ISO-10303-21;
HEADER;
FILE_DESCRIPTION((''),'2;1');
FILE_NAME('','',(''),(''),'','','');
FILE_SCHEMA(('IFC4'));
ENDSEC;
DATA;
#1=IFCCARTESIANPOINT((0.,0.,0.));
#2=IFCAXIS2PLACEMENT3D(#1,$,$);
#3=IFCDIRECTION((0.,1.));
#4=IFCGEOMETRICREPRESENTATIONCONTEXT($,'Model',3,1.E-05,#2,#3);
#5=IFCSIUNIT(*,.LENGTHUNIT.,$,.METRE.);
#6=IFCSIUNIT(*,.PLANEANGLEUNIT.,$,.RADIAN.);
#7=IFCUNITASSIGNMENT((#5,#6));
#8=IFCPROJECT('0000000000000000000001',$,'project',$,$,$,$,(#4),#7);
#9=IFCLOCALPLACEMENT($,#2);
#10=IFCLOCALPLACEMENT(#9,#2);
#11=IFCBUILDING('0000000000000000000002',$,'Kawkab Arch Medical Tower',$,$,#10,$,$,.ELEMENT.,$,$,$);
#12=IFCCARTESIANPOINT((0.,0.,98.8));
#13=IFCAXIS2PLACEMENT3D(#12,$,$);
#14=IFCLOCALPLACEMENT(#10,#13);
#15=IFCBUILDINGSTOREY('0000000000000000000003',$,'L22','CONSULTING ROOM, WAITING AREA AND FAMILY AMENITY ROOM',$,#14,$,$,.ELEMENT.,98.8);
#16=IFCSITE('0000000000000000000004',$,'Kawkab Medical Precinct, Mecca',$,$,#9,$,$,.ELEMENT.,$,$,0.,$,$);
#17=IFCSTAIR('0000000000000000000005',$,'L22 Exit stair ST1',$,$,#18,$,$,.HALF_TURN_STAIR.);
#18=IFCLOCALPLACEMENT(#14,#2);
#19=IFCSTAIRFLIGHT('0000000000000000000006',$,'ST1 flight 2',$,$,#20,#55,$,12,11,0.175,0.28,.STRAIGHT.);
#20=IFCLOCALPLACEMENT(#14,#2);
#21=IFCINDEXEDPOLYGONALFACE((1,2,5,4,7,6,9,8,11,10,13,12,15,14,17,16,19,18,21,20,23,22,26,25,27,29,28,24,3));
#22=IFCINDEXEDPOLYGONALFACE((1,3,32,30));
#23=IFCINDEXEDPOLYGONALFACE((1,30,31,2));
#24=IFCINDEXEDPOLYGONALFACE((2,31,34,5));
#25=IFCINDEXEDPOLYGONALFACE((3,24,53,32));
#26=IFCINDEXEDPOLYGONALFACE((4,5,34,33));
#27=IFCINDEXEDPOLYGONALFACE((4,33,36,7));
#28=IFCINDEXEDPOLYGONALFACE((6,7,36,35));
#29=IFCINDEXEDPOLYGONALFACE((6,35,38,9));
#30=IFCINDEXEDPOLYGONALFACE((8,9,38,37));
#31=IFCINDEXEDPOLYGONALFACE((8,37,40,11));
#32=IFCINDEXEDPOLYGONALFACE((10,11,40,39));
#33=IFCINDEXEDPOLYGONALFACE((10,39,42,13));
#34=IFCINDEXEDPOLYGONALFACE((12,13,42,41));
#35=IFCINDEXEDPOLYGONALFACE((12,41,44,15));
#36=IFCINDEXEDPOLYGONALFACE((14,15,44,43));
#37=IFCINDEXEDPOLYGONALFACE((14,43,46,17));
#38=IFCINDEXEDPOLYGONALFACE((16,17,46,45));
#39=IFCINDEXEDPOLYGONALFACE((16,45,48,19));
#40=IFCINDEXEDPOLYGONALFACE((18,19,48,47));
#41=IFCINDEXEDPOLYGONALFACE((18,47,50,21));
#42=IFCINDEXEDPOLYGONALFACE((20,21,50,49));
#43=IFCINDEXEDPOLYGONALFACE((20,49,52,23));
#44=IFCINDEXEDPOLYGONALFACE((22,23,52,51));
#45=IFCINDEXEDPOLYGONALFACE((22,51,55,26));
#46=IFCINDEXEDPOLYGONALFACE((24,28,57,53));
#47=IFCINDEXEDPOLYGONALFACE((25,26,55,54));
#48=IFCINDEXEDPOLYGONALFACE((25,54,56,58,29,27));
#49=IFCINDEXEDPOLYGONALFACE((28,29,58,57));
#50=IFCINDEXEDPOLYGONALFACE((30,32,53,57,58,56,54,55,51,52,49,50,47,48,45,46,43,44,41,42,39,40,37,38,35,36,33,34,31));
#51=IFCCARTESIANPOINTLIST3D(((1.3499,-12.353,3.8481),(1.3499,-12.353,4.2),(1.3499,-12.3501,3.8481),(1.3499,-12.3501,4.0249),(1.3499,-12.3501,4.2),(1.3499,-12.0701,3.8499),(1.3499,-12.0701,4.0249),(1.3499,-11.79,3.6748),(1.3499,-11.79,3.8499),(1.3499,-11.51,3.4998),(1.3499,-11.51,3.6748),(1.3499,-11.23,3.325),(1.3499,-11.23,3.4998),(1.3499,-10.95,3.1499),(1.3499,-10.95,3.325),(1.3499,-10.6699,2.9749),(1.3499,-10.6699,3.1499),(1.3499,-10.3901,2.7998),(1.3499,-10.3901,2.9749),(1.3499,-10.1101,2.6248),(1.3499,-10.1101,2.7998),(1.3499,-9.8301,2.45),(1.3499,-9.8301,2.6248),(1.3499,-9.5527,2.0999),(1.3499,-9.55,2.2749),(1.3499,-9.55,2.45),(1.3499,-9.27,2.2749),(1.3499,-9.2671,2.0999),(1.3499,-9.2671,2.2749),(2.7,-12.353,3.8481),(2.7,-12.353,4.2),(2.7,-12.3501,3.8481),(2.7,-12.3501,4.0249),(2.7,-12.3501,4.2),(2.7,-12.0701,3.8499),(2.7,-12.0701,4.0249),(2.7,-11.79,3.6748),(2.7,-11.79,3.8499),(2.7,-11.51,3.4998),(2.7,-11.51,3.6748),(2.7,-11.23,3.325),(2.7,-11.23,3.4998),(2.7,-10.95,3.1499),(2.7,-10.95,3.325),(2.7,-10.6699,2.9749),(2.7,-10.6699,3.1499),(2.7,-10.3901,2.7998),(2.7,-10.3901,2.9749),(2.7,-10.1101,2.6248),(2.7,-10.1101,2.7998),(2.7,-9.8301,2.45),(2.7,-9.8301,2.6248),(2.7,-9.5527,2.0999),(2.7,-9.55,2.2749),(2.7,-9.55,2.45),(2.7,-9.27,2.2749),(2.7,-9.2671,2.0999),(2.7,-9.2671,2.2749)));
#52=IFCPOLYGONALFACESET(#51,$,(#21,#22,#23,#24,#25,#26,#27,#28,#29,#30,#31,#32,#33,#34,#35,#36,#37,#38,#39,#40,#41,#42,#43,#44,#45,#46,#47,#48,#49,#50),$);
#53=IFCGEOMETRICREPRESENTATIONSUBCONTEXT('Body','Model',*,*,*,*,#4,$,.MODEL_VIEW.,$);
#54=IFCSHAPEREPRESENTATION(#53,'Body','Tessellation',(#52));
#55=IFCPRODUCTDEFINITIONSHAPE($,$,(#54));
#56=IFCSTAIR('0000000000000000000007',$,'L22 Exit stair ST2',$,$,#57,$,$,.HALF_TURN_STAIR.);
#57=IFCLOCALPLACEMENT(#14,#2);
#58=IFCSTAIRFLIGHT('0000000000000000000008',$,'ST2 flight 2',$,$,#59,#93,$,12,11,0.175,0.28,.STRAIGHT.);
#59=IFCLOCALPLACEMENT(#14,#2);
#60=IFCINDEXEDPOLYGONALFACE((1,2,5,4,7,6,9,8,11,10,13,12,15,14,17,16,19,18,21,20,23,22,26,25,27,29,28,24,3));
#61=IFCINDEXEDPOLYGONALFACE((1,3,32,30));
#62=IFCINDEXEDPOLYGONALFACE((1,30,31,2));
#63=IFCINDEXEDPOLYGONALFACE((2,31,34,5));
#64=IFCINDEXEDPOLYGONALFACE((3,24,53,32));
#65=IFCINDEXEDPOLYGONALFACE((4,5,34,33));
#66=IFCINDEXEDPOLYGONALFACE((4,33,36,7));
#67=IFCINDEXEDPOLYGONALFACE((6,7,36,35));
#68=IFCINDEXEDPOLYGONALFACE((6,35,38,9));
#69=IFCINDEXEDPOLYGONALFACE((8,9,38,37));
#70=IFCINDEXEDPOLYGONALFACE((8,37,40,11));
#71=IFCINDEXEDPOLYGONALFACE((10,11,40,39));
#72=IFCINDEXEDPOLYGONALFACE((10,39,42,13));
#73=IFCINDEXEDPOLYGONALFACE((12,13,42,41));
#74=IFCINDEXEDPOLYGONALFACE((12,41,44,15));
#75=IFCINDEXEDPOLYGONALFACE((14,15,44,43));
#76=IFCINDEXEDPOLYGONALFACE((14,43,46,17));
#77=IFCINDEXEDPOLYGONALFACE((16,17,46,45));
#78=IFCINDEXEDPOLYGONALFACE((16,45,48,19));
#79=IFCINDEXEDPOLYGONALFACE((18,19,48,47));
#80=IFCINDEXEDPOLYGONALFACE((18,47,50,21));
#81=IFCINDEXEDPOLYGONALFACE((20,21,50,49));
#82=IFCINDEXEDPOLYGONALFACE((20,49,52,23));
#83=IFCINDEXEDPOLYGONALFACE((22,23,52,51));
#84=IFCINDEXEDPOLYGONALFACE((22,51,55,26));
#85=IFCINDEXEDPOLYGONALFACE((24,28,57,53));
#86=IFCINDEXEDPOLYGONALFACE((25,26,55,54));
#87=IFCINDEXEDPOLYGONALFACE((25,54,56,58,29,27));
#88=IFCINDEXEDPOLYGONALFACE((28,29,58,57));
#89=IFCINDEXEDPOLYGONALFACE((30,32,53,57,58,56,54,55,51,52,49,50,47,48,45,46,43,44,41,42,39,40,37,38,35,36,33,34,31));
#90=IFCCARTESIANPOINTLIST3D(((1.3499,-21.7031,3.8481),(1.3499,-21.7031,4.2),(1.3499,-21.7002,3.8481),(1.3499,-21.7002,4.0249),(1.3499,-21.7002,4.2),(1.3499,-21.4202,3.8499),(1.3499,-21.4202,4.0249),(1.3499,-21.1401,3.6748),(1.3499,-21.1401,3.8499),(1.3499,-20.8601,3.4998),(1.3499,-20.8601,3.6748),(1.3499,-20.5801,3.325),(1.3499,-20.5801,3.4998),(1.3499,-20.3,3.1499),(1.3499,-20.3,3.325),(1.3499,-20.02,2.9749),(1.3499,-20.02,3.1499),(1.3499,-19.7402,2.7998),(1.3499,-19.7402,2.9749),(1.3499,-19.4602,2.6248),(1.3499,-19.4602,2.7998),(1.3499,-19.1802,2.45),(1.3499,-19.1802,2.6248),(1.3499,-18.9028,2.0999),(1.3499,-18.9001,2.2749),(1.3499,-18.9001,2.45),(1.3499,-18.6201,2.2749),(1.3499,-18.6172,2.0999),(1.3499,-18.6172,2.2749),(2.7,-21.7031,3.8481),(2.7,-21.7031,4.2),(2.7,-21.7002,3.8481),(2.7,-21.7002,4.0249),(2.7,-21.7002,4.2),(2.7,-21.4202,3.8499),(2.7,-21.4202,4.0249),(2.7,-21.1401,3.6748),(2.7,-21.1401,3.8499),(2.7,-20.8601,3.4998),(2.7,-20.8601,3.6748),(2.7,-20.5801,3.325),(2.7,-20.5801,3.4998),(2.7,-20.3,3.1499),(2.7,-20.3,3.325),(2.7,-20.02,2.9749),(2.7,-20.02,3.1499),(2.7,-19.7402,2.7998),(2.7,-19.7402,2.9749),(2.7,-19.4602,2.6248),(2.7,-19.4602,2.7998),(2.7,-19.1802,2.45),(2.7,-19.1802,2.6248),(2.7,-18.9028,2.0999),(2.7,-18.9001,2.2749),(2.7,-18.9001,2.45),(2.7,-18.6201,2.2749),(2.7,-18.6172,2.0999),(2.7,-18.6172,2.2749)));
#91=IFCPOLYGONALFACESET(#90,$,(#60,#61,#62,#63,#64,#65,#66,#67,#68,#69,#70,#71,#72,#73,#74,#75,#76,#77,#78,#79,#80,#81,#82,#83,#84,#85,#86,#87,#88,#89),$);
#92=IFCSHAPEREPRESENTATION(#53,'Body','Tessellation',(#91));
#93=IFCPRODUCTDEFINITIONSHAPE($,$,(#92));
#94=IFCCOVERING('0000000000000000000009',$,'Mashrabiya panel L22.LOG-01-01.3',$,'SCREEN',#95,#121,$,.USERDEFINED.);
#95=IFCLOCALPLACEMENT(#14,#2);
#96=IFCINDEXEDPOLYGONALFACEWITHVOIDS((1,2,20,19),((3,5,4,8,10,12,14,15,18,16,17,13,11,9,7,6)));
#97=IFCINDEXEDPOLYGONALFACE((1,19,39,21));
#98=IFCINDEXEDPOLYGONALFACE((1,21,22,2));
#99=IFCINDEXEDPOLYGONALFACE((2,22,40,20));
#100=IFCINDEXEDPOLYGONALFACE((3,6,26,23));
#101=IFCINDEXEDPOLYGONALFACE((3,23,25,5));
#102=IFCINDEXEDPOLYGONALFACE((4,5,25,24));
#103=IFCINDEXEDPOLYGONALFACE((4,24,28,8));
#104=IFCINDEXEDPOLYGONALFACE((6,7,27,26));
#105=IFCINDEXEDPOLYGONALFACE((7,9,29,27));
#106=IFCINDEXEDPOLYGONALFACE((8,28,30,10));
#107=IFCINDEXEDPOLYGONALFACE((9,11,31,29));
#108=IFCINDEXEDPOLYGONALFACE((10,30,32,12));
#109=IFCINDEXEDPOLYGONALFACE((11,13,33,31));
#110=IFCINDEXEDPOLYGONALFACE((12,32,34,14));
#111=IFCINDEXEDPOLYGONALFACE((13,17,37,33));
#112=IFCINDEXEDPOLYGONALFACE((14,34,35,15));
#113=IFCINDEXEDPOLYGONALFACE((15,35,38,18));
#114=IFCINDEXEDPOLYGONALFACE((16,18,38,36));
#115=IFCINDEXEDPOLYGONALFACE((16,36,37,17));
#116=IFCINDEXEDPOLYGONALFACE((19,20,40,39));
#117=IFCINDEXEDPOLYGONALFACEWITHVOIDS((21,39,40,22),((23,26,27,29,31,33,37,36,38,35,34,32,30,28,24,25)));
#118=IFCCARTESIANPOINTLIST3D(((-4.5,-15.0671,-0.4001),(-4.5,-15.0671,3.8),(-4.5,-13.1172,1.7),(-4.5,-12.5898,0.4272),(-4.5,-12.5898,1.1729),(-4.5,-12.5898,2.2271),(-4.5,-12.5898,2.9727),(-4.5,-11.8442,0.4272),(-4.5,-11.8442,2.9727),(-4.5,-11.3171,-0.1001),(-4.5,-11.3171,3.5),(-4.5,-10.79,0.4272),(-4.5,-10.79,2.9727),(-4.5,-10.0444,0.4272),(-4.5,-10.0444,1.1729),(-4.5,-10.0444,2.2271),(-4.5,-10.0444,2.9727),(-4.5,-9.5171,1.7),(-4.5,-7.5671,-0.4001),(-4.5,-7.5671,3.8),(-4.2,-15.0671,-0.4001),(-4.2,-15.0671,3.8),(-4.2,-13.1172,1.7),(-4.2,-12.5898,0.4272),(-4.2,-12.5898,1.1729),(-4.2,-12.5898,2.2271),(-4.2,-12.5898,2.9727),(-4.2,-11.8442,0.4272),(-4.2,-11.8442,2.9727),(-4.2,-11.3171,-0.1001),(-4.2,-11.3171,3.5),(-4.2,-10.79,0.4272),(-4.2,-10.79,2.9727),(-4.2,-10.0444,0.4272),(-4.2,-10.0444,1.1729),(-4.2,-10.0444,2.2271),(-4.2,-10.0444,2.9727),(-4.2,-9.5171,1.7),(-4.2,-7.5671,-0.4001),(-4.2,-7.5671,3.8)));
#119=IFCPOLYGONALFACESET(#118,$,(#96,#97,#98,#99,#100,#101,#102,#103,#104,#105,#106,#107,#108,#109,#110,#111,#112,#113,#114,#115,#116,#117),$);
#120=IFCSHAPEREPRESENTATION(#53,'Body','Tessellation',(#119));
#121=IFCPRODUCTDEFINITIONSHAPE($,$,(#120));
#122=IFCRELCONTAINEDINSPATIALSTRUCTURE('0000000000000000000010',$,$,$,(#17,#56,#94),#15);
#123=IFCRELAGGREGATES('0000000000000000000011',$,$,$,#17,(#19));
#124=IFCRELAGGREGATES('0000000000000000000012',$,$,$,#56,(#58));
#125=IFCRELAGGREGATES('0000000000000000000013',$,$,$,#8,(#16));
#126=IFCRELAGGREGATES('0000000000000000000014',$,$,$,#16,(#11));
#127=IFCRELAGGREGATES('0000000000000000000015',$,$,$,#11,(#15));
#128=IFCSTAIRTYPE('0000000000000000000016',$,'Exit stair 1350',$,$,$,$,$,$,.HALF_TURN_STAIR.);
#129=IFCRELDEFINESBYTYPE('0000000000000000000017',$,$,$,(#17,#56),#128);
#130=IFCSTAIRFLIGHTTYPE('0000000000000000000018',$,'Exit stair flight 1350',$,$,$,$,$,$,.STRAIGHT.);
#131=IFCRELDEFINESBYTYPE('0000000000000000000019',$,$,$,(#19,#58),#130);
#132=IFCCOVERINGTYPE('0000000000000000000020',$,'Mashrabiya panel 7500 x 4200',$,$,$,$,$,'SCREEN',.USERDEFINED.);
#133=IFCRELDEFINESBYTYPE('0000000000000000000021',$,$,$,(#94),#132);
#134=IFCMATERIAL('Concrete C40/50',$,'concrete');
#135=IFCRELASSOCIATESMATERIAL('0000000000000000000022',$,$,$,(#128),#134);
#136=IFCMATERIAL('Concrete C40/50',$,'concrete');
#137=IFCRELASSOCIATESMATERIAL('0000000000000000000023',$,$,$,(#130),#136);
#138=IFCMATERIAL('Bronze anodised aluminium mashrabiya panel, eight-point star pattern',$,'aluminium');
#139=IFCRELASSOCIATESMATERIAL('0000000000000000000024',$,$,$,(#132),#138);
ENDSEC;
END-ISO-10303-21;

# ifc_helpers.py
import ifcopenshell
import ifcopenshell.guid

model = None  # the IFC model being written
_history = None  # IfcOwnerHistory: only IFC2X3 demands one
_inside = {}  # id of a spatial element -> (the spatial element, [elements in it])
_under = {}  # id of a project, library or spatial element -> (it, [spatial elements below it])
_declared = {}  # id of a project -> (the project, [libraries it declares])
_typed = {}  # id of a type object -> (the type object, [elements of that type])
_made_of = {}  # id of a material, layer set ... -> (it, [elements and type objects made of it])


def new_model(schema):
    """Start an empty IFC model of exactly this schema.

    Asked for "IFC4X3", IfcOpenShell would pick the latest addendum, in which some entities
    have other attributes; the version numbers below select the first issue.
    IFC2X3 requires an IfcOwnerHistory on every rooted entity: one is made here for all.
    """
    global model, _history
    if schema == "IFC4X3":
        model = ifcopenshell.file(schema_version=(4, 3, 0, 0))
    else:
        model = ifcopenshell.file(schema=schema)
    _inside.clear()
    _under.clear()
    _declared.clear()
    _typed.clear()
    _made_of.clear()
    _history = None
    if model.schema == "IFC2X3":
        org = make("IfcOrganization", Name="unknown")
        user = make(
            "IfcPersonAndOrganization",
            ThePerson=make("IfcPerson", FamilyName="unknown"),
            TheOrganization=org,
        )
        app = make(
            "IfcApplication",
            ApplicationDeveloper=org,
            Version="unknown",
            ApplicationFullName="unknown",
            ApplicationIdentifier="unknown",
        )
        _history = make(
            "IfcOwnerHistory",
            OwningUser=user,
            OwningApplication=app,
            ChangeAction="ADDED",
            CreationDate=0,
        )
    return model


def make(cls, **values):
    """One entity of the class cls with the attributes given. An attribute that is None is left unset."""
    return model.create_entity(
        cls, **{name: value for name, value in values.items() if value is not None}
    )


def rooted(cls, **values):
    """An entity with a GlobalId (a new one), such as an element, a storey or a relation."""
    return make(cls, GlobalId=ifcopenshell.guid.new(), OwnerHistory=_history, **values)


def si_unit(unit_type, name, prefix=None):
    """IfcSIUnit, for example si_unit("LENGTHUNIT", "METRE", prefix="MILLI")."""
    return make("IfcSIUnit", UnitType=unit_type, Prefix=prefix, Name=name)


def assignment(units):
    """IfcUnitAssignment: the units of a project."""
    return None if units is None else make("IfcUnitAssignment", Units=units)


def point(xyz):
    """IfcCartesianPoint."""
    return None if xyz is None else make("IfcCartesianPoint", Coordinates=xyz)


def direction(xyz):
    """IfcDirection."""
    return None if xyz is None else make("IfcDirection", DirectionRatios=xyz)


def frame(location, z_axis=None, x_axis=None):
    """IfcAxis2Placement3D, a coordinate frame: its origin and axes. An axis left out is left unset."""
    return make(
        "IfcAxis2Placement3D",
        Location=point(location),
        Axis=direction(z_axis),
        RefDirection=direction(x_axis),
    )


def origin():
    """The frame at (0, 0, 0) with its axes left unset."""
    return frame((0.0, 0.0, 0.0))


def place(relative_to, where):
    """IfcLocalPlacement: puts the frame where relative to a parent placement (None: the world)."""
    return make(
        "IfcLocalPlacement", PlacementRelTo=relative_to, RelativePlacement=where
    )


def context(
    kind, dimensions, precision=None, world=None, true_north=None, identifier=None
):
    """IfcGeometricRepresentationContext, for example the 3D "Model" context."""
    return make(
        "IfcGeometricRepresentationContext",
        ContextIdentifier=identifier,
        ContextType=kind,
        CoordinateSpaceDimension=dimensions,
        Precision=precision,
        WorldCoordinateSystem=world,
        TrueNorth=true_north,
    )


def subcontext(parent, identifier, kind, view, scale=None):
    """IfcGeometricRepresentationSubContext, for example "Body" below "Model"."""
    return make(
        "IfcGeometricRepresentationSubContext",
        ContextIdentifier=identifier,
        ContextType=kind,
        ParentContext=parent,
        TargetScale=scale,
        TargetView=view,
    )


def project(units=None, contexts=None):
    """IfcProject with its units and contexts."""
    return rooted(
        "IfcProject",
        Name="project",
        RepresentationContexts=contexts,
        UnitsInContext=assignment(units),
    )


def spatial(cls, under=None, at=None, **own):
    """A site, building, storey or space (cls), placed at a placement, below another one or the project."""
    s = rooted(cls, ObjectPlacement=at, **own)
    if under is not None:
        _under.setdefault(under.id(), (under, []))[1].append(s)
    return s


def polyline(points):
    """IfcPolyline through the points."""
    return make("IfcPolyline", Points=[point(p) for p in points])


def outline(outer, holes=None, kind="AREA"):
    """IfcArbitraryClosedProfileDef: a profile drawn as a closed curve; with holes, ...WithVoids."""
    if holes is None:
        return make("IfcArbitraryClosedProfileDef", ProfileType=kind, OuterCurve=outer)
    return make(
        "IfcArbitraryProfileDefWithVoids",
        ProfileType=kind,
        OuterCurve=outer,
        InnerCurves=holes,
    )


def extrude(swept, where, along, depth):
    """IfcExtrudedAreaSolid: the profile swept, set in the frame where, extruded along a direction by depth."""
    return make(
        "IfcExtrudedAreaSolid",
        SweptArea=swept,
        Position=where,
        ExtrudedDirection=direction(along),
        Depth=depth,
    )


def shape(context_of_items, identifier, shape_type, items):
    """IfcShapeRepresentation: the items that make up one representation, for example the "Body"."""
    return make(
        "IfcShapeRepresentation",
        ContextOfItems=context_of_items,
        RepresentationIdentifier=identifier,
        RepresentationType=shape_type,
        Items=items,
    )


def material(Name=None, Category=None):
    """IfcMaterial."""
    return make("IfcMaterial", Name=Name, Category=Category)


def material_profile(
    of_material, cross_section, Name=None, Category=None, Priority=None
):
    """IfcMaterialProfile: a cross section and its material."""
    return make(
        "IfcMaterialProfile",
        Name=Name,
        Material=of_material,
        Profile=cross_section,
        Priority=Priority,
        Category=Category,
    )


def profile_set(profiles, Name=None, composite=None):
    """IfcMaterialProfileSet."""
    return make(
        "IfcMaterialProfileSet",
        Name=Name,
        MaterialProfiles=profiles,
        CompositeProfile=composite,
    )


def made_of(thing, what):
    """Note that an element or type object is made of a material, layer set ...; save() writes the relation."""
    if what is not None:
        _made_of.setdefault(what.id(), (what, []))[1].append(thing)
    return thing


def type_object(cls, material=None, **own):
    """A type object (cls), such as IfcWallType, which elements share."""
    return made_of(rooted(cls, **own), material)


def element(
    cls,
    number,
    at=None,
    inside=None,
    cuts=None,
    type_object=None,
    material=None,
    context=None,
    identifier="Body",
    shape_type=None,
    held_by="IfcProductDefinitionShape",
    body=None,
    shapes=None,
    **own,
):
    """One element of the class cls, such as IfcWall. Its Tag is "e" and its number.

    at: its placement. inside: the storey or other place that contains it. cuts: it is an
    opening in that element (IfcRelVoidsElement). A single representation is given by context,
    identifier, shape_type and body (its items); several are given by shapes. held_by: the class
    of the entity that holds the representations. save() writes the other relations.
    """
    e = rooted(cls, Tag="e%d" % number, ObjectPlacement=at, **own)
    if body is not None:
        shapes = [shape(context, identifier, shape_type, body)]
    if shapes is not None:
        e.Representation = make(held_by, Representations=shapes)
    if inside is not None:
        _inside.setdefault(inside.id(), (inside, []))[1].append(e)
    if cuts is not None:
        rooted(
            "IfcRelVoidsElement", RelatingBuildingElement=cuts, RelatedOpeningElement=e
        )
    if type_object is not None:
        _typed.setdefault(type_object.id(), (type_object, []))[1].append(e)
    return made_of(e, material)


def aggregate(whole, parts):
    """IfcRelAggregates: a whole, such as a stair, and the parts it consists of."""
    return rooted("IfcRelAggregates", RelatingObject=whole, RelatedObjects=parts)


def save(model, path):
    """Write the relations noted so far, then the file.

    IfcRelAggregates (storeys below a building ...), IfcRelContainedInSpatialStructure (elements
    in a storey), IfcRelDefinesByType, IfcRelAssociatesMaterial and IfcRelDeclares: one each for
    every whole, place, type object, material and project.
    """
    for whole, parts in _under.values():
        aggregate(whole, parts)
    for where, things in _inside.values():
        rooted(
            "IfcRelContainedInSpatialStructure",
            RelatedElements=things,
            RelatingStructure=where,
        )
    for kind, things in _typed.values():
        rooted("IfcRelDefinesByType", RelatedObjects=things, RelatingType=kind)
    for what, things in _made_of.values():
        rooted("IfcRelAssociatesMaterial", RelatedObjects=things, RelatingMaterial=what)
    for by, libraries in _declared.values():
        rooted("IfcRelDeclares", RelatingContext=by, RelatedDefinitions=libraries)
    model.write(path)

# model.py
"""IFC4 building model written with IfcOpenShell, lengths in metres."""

from ifc_helpers import new_model, si_unit, direction, frame, origin, place, context, subcontext, project, spatial, polyline, outline, extrude, material, material_profile, profile_set, type_object, element, aggregate, save


model = new_model("IFC4")

# Units and contexts
model_context = context("Model", 3, precision=1e-05, world=origin(), true_north=direction((0.0, 1.0)))
body_context = subcontext(model_context, "Body", "Model", "MODEL_VIEW")
ifc_project = project(units=[si_unit("LENGTHUNIT", "METRE"), si_unit("PLANEANGLEUNIT", "RADIAN")], contexts=[model_context])

# Site, building, storey
site_placement = place(None, origin())
site = spatial("IfcSite", under=ifc_project, at=site_placement, Name="Kawkab Medical Precinct, Mecca", CompositionType="ELEMENT", RefElevation=0.0)
building_placement = place(site_placement, origin())
building = spatial("IfcBuilding", under=site, at=building_placement, Name="Kawkab Arch Medical Tower", CompositionType="ELEMENT")
storey_placement = place(building_placement, frame((0.0, 0.0, 98.8)))
storey = spatial("IfcBuildingStorey", under=building, at=storey_placement, Name="L22", Description="CONSULTING ROOM, WAITING AREA AND FAMILY AMENITY ROOM", CompositionType="ELEMENT", Elevation=98.8)

# Shared definitions
placement = place(storey_placement, origin())

# Stairs, stair flights
ifc_material_1 = material(Name="Concrete C40/50", Category="concrete")
stair_type = type_object("IfcStairType", Name="Exit stair 1350", PredefinedType="HALF_TURN_STAIR", material=ifc_material_1)
stair_1 = element("IfcStair", 1, at=placement, inside=storey, type_object=stair_type, Name="L22 Exit stair ST1", PredefinedType="HALF_TURN_STAIR")
ifc_material_2 = material(Name="Concrete C40/50", Category="concrete")
stair_flight_type = type_object("IfcStairFlightType", Name="Exit stair flight 1350", PredefinedType="STRAIGHT", material=ifc_material_2)
stair_flight_1_placement = place(storey_placement, frame((2.0249, -9.27, 2.0999), z_axis=(0.0, 0.0, 1.0), x_axis=(0.0, -1.0, 0.0)))
stair_flight_1 = element("IfcStairFlight", 2, at=stair_flight_1_placement, type_object=stair_flight_type, Name="ST1 flight 2", NumberOfRisers=12, NumberOfTreads=11, PredefinedType="STRAIGHT", RiserHeight=0.175, TreadLength=0.28, context=body_context, shape_type="SweptSolid", body=[
    extrude(outline(polyline([(-0.0029, 0.0), (-0.0029, 0.175), (0.0, 0.175), (0.28, 0.175), (0.28, 0.3501), (0.5601, 0.3501), (0.5601, 0.5249), (0.8401, 0.5249), (0.8401, 0.7), (1.1201, 0.7), (1.1201, 0.875), (1.3999, 0.875), (1.3999, 1.05), (1.6799, 1.05), (1.6799, 1.2251), (1.96, 1.2251), (1.96, 1.3999), (2.24, 1.3999), (2.24, 1.575), (2.52, 1.575), (2.52, 1.75), (2.8, 1.75), (2.8, 1.925), (3.0801, 1.925), (3.0801, 2.1001), (3.083, 2.1001), (3.083, 1.7483), (3.0801, 1.7483), (0.2827, 0.0), (-0.0029, 0.0)])), frame((0.0, 0.675, 0.0), z_axis=(0.0, -1.0, 0.0), x_axis=(1.0, 0.0, 0.0)), (0.0, 0.0, 1.0), 1.3501),
])
aggregate(stair_1, [stair_flight_1])
stair_2 = element("IfcStair", 3, at=placement, inside=storey, type_object=stair_type, Name="L22 Exit stair ST2", PredefinedType="HALF_TURN_STAIR")
stair_flight_2_placement = place(storey_placement, frame((2.0249, -18.6201, 2.0999), z_axis=(0.0, 0.0, 1.0), x_axis=(0.0, -1.0, 0.0)))
stair_flight_2 = element("IfcStairFlight", 4, at=stair_flight_2_placement, type_object=stair_flight_type, Name="ST2 flight 2", NumberOfRisers=12, NumberOfTreads=11, PredefinedType="STRAIGHT", RiserHeight=0.175, TreadLength=0.28, context=body_context, shape_type="SweptSolid", body=[
    extrude(outline(polyline([(-0.0029, 0.0), (-0.0029, 0.175), (0.0, 0.175), (0.28, 0.175), (0.28, 0.3501), (0.5601, 0.3501), (0.5601, 0.5249), (0.8401, 0.5249), (0.8401, 0.7), (1.1201, 0.7), (1.1201, 0.875), (1.3999, 0.875), (1.3999, 1.05), (1.6799, 1.05), (1.6799, 1.2251), (1.96, 1.2251), (1.96, 1.3999), (2.24, 1.3999), (2.24, 1.575), (2.52, 1.575), (2.52, 1.75), (2.8, 1.75), (2.8, 1.925), (3.0801, 1.925), (3.0801, 2.1001), (3.083, 2.1001), (3.083, 1.7483), (3.0801, 1.7483), (0.2827, 0.0), (-0.0029, 0.0)])), frame((0.0, 0.675, 0.0), z_axis=(0.0, -1.0, 0.0), x_axis=(1.0, 0.0, 0.0)), (0.0, 0.0, 1.0), 1.3501),
])
aggregate(stair_2, [stair_flight_2])

# Covering
ifc_material_3 = material(Name="Bronze anodised aluminium mashrabiya panel, eight-point star pattern", Category="aluminium")
ifc_material_profile_1 = material_profile(ifc_material_3, outline(polyline([(-3.75, -2.1001), (3.75, -2.1001), (3.75, 2.1001), (-3.75, 2.1001), (-3.75, -2.1001)]), holes=[polyline([(1.8, 0.0), (1.2727, 0.5271), (1.2727, 1.2727), (0.5271, 1.2727), (0.0, 1.8), (-0.5271, 1.2727), (-1.2727, 1.2727), (-1.2727, 0.5271), (-1.8, 0.0), (-1.2727, -0.5271), (-1.2727, -1.2727), (-0.5271, -1.2727), (0.0, -1.8), (0.5271, -1.2727), (1.2727, -1.2727), (1.2727, -0.5271), (1.8, 0.0)])]), Name="Mashrabiya panel 7500x4200")
ifc_profile_set_1 = profile_set([ifc_material_profile_1], Name="Bronze anodised aluminium mashrabiya panel, eight-point star pattern")
covering_type = type_object("IfcCoveringType", Name="Mashrabiya panel 7500 x 4200", ElementType="SCREEN", PredefinedType="USERDEFINED", material=ifc_profile_set_1)
covering_placement = place(storey_placement, frame((-4.2, -11.3171, 1.7), z_axis=(-1.0, 0.0, 0.0), x_axis=(0.0, -1.0, 0.0)))
element("IfcCovering", 5, at=covering_placement, inside=storey, type_object=covering_type, Name="Mashrabiya panel L22.LOG-01-01.3", ObjectType="SCREEN", PredefinedType="USERDEFINED", context=body_context, shape_type="SweptSolid", body=[
    extrude(outline(polyline([(-3.75, -2.1001), (3.75, -2.1001), (3.75, 2.1001), (-3.75, 2.1001), (-3.75, -2.1001)]), holes=[polyline([(1.8, 0.0), (1.2727, 0.5271), (1.2727, 1.2727), (0.5271, 1.2727), (0.0, 1.8), (-0.5271, 1.2727), (-1.2727, 1.2727), (-1.2727, 0.5271), (-1.8, 0.0), (-1.2727, -0.5271), (-1.2727, -1.2727), (-0.5271, -1.2727), (0.0, -1.8), (0.5271, -1.2727), (1.2727, -1.2727), (1.2727, -0.5271), (1.8, 0.0)])]), origin(), (0.0, 0.0, 1.0), 0.3),
])

save(model, "model.ifc")
